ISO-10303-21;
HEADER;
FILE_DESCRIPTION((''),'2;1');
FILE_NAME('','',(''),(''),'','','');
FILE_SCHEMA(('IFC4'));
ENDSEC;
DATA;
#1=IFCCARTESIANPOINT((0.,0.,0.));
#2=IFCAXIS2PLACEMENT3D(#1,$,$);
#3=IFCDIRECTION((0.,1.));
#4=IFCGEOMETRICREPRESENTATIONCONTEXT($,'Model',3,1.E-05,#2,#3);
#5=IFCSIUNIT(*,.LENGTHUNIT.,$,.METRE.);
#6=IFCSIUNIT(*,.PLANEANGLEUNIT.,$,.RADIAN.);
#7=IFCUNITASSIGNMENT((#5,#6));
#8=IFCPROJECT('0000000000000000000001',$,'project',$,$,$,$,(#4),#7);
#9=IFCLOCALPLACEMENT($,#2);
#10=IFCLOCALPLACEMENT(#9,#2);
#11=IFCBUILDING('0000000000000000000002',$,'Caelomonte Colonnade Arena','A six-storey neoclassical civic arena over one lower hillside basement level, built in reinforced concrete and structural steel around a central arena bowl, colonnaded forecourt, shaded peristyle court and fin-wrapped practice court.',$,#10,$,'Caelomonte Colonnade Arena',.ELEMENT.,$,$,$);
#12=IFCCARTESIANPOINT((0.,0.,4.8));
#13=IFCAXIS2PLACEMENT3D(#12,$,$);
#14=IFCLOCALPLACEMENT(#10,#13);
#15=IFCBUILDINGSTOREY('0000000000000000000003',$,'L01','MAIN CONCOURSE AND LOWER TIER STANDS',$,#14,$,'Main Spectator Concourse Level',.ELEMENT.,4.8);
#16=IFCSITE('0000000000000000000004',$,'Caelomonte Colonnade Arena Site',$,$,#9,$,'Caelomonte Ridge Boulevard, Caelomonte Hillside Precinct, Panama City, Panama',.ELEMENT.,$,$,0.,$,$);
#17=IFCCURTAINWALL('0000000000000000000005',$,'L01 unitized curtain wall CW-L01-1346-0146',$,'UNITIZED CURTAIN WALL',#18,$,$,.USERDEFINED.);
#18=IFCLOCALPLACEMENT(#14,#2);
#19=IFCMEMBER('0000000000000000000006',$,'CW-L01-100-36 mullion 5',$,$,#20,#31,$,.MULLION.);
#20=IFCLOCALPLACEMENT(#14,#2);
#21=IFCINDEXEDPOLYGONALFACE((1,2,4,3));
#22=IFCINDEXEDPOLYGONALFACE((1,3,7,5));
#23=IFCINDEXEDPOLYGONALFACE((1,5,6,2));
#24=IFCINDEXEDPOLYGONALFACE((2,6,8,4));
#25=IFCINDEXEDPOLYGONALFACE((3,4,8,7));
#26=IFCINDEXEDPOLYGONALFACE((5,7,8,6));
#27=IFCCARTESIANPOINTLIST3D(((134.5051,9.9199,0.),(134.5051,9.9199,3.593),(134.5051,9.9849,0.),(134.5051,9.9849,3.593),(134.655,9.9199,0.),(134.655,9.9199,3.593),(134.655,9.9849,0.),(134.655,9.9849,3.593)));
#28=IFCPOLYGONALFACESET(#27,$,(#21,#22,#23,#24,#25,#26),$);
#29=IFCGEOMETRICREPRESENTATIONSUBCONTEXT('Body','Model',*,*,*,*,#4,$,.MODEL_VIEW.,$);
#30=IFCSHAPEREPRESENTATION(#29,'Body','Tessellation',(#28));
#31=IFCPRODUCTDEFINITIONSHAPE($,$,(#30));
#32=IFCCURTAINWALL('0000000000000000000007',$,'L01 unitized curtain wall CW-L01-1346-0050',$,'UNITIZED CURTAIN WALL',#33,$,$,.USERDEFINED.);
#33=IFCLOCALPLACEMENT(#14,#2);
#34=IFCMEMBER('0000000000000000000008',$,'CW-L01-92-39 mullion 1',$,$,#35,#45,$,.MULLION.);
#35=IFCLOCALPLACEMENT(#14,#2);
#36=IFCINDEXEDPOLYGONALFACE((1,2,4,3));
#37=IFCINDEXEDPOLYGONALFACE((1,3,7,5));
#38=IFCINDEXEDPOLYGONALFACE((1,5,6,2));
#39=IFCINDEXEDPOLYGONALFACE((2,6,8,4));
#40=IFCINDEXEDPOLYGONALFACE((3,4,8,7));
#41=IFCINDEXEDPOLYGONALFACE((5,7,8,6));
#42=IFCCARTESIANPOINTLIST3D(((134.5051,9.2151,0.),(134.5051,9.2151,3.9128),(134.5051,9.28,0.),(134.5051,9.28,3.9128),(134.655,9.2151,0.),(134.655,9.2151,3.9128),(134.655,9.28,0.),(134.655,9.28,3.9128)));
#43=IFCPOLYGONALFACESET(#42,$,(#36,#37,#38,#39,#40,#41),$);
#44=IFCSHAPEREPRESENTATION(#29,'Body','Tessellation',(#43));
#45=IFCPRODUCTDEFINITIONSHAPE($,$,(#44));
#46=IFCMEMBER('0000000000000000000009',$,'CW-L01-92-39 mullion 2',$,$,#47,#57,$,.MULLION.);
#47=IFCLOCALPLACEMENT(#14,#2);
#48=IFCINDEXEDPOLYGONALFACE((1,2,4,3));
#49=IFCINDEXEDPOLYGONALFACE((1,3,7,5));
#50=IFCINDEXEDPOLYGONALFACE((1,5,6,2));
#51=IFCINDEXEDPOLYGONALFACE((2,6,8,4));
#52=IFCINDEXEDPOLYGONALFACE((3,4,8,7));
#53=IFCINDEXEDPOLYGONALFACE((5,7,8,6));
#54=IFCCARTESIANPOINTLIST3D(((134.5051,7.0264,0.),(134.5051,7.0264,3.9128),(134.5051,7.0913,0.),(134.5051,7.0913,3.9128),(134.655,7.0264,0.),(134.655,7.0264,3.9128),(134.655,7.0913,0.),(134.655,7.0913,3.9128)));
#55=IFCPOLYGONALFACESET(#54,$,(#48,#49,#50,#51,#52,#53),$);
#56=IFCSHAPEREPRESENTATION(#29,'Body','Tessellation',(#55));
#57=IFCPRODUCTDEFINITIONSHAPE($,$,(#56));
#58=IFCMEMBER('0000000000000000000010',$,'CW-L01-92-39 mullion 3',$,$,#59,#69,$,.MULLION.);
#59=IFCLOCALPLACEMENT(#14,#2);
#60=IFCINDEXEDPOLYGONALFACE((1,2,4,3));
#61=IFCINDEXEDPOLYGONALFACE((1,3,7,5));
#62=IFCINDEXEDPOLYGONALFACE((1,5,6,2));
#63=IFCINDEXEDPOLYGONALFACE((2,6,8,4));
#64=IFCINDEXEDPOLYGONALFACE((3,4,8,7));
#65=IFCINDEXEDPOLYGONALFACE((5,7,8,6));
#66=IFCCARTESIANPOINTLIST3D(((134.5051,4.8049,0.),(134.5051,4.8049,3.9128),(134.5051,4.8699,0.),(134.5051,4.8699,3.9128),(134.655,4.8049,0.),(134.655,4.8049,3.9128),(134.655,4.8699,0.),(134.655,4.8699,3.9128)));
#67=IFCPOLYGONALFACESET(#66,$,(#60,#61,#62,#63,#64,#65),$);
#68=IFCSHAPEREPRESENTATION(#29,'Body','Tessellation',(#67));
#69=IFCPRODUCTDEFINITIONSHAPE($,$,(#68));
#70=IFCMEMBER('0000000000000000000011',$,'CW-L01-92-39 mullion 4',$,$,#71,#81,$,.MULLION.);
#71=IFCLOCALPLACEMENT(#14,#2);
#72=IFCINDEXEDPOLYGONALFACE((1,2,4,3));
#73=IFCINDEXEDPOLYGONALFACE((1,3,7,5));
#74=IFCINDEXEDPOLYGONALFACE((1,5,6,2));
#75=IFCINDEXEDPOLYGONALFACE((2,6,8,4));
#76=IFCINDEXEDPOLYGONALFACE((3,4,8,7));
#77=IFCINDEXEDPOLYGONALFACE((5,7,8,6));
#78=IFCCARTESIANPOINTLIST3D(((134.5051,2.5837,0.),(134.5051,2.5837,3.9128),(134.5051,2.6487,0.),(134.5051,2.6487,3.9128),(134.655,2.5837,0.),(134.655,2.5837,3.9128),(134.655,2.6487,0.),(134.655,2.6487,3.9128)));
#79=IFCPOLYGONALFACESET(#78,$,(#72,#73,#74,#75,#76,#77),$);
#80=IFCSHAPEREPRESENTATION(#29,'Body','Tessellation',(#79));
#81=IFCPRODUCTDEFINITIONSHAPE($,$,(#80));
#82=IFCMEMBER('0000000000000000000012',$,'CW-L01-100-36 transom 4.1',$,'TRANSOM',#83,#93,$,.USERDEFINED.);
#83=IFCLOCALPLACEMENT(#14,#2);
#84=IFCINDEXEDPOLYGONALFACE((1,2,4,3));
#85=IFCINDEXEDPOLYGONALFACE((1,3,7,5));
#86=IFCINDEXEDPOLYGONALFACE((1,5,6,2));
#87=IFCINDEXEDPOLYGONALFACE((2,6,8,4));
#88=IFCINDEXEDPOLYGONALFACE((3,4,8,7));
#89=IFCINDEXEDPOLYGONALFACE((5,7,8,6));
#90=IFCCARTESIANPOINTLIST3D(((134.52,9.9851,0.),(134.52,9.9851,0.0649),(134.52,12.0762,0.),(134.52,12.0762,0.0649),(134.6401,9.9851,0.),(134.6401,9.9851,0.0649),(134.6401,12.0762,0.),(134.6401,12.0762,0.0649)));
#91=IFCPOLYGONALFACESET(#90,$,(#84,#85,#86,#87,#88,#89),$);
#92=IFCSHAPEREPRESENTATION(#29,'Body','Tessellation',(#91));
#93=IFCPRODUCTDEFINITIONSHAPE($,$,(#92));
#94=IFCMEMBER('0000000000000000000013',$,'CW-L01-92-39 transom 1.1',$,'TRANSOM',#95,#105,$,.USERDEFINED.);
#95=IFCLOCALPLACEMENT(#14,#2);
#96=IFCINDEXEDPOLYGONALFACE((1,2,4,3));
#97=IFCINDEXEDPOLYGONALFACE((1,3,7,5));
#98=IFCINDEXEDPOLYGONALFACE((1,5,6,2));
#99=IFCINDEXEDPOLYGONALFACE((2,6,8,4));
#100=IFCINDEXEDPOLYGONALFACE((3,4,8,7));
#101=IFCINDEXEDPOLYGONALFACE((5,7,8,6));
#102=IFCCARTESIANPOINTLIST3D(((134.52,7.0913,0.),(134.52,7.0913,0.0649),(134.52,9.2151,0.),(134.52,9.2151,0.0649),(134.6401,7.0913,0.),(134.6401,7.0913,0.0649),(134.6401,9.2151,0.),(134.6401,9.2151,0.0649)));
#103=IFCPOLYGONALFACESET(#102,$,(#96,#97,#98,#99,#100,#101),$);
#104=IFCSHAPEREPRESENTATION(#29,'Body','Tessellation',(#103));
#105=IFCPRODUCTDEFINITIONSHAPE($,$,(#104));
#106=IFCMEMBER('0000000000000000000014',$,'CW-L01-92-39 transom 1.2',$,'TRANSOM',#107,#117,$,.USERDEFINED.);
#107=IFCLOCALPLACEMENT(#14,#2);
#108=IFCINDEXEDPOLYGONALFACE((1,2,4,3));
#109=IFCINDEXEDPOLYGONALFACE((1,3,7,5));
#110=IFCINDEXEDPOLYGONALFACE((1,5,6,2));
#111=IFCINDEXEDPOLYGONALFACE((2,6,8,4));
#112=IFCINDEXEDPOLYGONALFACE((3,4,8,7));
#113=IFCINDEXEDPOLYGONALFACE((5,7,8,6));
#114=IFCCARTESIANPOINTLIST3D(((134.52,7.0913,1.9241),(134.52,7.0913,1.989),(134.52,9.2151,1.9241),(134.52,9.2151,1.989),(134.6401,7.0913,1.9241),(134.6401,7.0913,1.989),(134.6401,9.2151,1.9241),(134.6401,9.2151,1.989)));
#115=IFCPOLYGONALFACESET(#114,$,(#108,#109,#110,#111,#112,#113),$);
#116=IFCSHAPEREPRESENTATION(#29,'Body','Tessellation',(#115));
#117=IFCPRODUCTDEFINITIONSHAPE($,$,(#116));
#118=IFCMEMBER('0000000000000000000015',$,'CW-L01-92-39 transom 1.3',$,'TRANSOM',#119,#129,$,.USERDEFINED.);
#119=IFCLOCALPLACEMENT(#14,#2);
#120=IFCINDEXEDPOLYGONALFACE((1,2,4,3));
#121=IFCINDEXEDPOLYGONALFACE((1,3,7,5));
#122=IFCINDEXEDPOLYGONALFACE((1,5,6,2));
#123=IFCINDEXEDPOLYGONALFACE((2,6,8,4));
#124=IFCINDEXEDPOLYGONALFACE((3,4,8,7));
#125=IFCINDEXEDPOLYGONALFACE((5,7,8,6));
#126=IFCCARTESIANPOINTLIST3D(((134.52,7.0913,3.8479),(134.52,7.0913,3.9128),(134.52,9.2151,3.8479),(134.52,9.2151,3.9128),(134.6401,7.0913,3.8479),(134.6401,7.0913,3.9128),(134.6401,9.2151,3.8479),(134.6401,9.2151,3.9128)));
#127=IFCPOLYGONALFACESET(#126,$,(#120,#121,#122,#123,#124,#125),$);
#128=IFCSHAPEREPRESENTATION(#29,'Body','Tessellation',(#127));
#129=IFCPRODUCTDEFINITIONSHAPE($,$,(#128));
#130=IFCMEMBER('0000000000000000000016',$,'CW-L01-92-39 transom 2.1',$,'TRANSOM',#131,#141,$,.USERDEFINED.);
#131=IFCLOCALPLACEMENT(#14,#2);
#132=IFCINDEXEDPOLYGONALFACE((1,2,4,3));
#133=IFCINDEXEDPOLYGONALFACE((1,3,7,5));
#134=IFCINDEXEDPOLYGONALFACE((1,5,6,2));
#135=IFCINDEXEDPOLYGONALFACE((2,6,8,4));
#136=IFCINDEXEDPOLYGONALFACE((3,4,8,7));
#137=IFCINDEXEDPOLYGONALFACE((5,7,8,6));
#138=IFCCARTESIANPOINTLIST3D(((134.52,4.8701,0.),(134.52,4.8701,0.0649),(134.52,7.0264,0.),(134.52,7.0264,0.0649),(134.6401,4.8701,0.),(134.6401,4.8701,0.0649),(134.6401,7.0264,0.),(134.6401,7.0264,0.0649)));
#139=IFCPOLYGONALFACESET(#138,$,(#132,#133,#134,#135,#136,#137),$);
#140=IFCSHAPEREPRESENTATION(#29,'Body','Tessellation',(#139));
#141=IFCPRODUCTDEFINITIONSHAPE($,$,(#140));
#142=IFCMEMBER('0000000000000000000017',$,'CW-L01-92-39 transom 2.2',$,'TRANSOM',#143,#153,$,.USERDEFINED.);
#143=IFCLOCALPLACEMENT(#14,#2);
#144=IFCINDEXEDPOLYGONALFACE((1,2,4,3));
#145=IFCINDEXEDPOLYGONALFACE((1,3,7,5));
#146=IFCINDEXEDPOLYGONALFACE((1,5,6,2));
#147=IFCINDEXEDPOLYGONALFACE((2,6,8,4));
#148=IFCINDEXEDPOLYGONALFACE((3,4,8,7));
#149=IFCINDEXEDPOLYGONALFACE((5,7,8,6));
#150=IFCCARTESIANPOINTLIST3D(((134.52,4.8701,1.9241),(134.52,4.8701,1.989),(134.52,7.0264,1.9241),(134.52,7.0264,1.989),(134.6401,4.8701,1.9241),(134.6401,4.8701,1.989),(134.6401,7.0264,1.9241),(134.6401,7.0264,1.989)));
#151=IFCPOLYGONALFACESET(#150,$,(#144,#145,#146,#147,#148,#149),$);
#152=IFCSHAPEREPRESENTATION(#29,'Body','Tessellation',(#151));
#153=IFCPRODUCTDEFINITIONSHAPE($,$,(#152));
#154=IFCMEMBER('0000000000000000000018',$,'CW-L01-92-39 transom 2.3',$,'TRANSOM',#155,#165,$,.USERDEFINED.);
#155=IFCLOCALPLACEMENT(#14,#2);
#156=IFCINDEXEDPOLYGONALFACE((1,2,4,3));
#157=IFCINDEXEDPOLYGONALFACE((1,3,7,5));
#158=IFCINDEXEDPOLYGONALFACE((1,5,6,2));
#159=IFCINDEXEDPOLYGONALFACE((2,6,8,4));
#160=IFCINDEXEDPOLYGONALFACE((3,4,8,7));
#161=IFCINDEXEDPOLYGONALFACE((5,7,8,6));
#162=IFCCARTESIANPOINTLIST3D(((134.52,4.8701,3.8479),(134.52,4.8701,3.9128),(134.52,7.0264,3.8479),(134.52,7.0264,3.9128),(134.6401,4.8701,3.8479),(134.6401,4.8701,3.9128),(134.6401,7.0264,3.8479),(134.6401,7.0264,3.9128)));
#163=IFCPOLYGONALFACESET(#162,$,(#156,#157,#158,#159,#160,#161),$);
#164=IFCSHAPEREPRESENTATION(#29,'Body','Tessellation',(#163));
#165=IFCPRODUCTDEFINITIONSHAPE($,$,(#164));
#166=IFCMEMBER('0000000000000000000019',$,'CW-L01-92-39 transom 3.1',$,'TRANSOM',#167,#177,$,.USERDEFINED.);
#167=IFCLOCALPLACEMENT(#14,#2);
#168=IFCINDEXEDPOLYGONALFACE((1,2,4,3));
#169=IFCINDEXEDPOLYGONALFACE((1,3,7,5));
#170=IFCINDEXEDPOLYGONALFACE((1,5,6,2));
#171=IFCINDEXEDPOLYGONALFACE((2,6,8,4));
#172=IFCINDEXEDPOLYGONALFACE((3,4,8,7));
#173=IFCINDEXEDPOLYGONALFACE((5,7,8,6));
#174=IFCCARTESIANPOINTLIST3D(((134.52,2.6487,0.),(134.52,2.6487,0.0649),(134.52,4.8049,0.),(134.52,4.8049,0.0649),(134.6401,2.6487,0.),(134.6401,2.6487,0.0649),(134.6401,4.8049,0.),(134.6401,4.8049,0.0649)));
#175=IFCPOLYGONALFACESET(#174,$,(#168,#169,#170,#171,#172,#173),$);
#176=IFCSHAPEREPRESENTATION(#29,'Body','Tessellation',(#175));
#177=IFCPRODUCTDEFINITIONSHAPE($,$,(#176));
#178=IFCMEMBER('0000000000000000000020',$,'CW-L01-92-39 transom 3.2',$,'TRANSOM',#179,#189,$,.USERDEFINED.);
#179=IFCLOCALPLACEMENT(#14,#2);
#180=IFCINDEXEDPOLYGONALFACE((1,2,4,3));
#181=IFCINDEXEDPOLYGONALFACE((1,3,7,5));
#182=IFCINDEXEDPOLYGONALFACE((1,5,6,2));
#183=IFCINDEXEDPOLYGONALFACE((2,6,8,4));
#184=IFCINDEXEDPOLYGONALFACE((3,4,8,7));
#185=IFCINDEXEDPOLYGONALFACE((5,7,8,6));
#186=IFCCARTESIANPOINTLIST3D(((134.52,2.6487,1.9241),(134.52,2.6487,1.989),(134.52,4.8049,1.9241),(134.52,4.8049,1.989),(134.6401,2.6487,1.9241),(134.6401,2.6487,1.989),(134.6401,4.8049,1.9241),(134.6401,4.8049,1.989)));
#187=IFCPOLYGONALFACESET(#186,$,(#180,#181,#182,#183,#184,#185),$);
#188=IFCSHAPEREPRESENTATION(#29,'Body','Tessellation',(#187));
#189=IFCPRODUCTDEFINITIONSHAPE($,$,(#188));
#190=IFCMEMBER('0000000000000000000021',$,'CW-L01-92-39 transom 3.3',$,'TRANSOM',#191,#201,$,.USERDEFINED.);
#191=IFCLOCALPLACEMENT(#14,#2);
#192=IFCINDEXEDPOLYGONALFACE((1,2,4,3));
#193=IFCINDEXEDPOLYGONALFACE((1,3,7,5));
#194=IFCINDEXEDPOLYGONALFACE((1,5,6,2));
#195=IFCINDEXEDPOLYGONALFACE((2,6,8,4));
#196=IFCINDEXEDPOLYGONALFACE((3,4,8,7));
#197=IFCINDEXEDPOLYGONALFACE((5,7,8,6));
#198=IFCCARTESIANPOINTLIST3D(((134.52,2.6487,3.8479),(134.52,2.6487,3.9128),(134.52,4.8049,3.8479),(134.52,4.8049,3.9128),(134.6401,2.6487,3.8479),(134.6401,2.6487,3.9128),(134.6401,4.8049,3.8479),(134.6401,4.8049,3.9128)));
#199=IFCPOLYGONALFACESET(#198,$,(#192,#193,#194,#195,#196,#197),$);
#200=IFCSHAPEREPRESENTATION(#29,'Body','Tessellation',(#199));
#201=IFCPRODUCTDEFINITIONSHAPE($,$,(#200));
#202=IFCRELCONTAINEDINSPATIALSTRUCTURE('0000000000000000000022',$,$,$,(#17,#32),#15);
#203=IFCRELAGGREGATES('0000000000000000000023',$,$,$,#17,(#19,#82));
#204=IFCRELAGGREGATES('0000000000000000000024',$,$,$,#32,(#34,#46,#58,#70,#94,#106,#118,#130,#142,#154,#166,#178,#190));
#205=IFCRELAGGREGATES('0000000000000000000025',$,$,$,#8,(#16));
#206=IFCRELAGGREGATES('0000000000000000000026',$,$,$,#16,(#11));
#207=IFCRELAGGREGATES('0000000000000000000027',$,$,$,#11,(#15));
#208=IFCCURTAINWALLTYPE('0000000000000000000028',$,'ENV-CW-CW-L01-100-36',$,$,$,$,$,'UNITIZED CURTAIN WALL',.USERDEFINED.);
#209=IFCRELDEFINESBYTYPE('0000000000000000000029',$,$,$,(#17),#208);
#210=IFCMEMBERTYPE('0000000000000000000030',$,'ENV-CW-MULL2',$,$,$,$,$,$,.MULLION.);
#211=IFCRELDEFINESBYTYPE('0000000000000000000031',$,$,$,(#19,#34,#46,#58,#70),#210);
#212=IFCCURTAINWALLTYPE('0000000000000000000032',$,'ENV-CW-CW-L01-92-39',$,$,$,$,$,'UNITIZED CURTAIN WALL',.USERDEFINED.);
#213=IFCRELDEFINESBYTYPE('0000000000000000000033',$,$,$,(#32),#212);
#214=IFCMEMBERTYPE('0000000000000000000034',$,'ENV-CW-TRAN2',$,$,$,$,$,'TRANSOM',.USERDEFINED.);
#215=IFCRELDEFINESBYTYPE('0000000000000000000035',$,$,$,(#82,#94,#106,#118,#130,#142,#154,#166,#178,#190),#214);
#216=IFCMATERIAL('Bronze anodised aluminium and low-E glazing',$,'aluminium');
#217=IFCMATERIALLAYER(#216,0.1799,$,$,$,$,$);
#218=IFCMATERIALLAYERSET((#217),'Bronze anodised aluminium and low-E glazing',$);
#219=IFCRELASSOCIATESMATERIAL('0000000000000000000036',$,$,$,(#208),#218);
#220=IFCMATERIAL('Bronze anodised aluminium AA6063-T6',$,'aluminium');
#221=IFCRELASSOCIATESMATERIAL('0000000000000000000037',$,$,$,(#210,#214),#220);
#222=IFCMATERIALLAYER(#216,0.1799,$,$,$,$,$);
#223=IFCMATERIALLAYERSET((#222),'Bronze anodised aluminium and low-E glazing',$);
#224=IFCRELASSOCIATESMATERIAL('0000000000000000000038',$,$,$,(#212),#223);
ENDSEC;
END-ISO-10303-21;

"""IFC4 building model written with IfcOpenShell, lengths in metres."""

from ifc_helpers import new_model, si_unit, direction, frame, origin, origin_2d, place, context, subcontext, project, spatial, rectangle, extrude, material, layer, layer_set, material_profile, profile_set, type_object, element, aggregate, save


model = new_model("IFC4")

# Units and contexts
model_context = context("Model", 3, precision=1e-05, world=origin(), true_north=direction((0.0, 1.0)))
body_context = subcontext(model_context, "Body", "Model", "MODEL_VIEW")
ifc_project = project(units=[si_unit("LENGTHUNIT", "METRE"), si_unit("PLANEANGLEUNIT", "RADIAN")], contexts=[model_context])

# Site, building, storey
site_placement = place(None, origin())
site = spatial("IfcSite", under=ifc_project, at=site_placement, Name="Caelomonte Colonnade Arena Site", LongName="Caelomonte Ridge Boulevard, Caelomonte Hillside Precinct, Panama City, Panama", CompositionType="ELEMENT", RefElevation=0.0)
building_placement = place(site_placement, origin())
building = spatial("IfcBuilding", under=site, at=building_placement, Name="Caelomonte Colonnade Arena", Description="A six-storey neoclassical civic arena over one lower hillside basement level, built in reinforced concrete and structural steel around a central arena bowl, colonnaded forecourt, shaded peristyle court and fin-wrapped practice court.", LongName="Caelomonte Colonnade Arena", CompositionType="ELEMENT")
storey_placement = place(building_placement, frame((0.0, 0.0, 4.8)))
storey = spatial("IfcBuildingStorey", under=building, at=storey_placement, Name="L01", Description="MAIN CONCOURSE AND LOWER TIER STANDS", LongName="Main Spectator Concourse Level", CompositionType="ELEMENT", Elevation=4.8)

# Curtain wall, member
ifc_material_1 = material(Name="Bronze anodised aluminium and low-E glazing", Category="aluminium")
ifc_layer_1 = layer(ifc_material_1, 0.1799)
ifc_layer_set_1 = layer_set([ifc_layer_1], Name="Bronze anodised aluminium and low-E glazing")
curtain_wall_type_1 = type_object("IfcCurtainWallType", Name="ENV-CW-CW-L01-100-36", ElementType="UNITIZED CURTAIN WALL", PredefinedType="USERDEFINED", material=ifc_layer_set_1)
curtain_wall_1_placement = place(storey_placement, origin())
curtain_wall_1 = element("IfcCurtainWall", 1, at=curtain_wall_1_placement, inside=storey, type_object=curtain_wall_type_1, Name="L01 unitized curtain wall CW-L01-1346-0146", ObjectType="UNITIZED CURTAIN WALL", PredefinedType="USERDEFINED")
ifc_material_2 = material(Name="Bronze anodised aluminium AA6063-T6", Category="aluminium")
ifc_material_profile_1 = material_profile(ifc_material_2, rectangle(XDim=0.0649, YDim=0.1499, at=origin_2d()), Name="CWM-65X150")
ifc_profile_set_1 = profile_set([ifc_material_profile_1], Name="Bronze anodised aluminium AA6063-T6")
member_type_1 = type_object("IfcMemberType", Name="ENV-CW-MULL2", PredefinedType="MULLION", material=ifc_profile_set_1)
member_1_placement = place(storey_placement, frame((134.5801, 9.9524, 0.0), z_axis=(0.0, 0.0, 1.0), x_axis=(0.0, -1.0, 0.0)))
member_1 = element("IfcMember", 2, at=member_1_placement, type_object=member_type_1, Name="CW-L01-100-36 mullion 5", PredefinedType="MULLION", context=body_context, shape_type="SweptSolid", body=[
    extrude(rectangle(XDim=0.0649, YDim=0.1499, at=origin_2d()), origin(), (0.0, 0.0, 1.0), 3.593),
])

# Curtain wall, members
ifc_layer_2 = layer(ifc_material_1, 0.1799)
ifc_layer_set_2 = layer_set([ifc_layer_2], Name="Bronze anodised aluminium and low-E glazing")
curtain_wall_type_2 = type_object("IfcCurtainWallType", Name="ENV-CW-CW-L01-92-39", ElementType="UNITIZED CURTAIN WALL", PredefinedType="USERDEFINED", material=ifc_layer_set_2)
curtain_wall_2_placement = place(storey_placement, origin())
curtain_wall_2 = element("IfcCurtainWall", 3, at=curtain_wall_2_placement, inside=storey, type_object=curtain_wall_type_2, Name="L01 unitized curtain wall CW-L01-1346-0050", ObjectType="UNITIZED CURTAIN WALL", PredefinedType="USERDEFINED")
member_2_placement = place(storey_placement, frame((134.5801, 9.2476, 0.0), z_axis=(0.0, 0.0, 1.0), x_axis=(0.0, -1.0, 0.0)))
member_2 = element("IfcMember", 4, at=member_2_placement, type_object=member_type_1, Name="CW-L01-92-39 mullion 1", PredefinedType="MULLION", context=body_context, shape_type="SweptSolid", body=[
    extrude(rectangle(XDim=0.0649, YDim=0.1499, at=origin_2d()), origin(), (0.0, 0.0, 1.0), 3.9128),
])
member_3_placement = place(storey_placement, frame((134.5801, 7.0588, 0.0), z_axis=(0.0, 0.0, 1.0), x_axis=(0.0, -1.0, 0.0)))
member_3 = element("IfcMember", 5, at=member_3_placement, type_object=member_type_1, Name="CW-L01-92-39 mullion 2", PredefinedType="MULLION", context=body_context, shape_type="SweptSolid", body=[
    extrude(rectangle(XDim=0.0649, YDim=0.1499, at=origin_2d()), origin(), (0.0, 0.0, 1.0), 3.9128),
])
member_4_placement = place(storey_placement, frame((134.5801, 4.8374, 0.0), z_axis=(0.0, 0.0, 1.0), x_axis=(0.0, -1.0, 0.0)))
member_4 = element("IfcMember", 6, at=member_4_placement, type_object=member_type_1, Name="CW-L01-92-39 mullion 3", PredefinedType="MULLION", context=body_context, shape_type="SweptSolid", body=[
    extrude(rectangle(XDim=0.0649, YDim=0.1499, at=origin_2d()), origin(), (0.0, 0.0, 1.0), 3.9128),
])
member_5_placement = place(storey_placement, frame((134.5801, 2.6162, 0.0), z_axis=(0.0, 0.0, 1.0), x_axis=(0.0, -1.0, 0.0)))
member_5 = element("IfcMember", 7, at=member_5_placement, type_object=member_type_1, Name="CW-L01-92-39 mullion 4", PredefinedType="MULLION", context=body_context, shape_type="SweptSolid", body=[
    extrude(rectangle(XDim=0.0649, YDim=0.1499, at=origin_2d()), origin(), (0.0, 0.0, 1.0), 3.9128),
])

# Members
ifc_material_profile_2 = material_profile(ifc_material_2, rectangle(XDim=0.0649, YDim=0.1201, at=origin_2d()), Name="CWT-65X120")
ifc_profile_set_2 = profile_set([ifc_material_profile_2], Name="Bronze anodised aluminium AA6063-T6")
member_type_2 = type_object("IfcMemberType", Name="ENV-CW-TRAN2", ElementType="TRANSOM", PredefinedType="USERDEFINED", material=ifc_profile_set_2)
member_6_placement = place(storey_placement, frame((134.5801, 12.0762, 0.0325), z_axis=(0.0, -1.0, 0.0), x_axis=(0.0, 0.0, 1.0)))
member_6 = element("IfcMember", 8, at=member_6_placement, type_object=member_type_2, Name="CW-L01-100-36 transom 4.1", ObjectType="TRANSOM", PredefinedType="USERDEFINED", context=body_context, shape_type="SweptSolid", body=[
    extrude(rectangle(XDim=0.0649, YDim=0.1201, at=origin_2d()), origin(), (0.0, 0.0, 1.0), 2.0911),
])
member_7_placement = place(storey_placement, frame((134.5801, 9.2151, 0.0325), z_axis=(0.0, -1.0, 0.0), x_axis=(0.0, 0.0, 1.0)))
member_7 = element("IfcMember", 9, at=member_7_placement, type_object=member_type_2, Name="CW-L01-92-39 transom 1.1", ObjectType="TRANSOM", PredefinedType="USERDEFINED", context=body_context, shape_type="SweptSolid", body=[
    extrude(rectangle(XDim=0.0649, YDim=0.1201, at=origin_2d()), origin(), (0.0, 0.0, 1.0), 2.1238),
])
member_8_placement = place(storey_placement, frame((134.5801, 9.2151, 1.9565), z_axis=(0.0, -1.0, 0.0), x_axis=(0.0, 0.0, 1.0)))
member_8 = element("IfcMember", 10, at=member_8_placement, type_object=member_type_2, Name="CW-L01-92-39 transom 1.2", ObjectType="TRANSOM", PredefinedType="USERDEFINED", context=body_context, shape_type="SweptSolid", body=[
    extrude(rectangle(XDim=0.0649, YDim=0.1201, at=origin_2d()), origin(), (0.0, 0.0, 1.0), 2.1238),
])
member_9_placement = place(storey_placement, frame((134.5801, 9.2151, 3.8804), z_axis=(0.0, -1.0, 0.0), x_axis=(0.0, 0.0, 1.0)))
member_9 = element("IfcMember", 11, at=member_9_placement, type_object=member_type_2, Name="CW-L01-92-39 transom 1.3", ObjectType="TRANSOM", PredefinedType="USERDEFINED", context=body_context, shape_type="SweptSolid", body=[
    extrude(rectangle(XDim=0.0649, YDim=0.1201, at=origin_2d()), origin(), (0.0, 0.0, 1.0), 2.1238),
])
member_10_placement = place(storey_placement, frame((134.5801, 7.0264, 0.0325), z_axis=(0.0, -1.0, 0.0), x_axis=(0.0, 0.0, 1.0)))
member_10 = element("IfcMember", 12, at=member_10_placement, type_object=member_type_2, Name="CW-L01-92-39 transom 2.1", ObjectType="TRANSOM", PredefinedType="USERDEFINED", context=body_context, shape_type="SweptSolid", body=[
    extrude(rectangle(XDim=0.0649, YDim=0.1201, at=origin_2d()), origin(), (0.0, 0.0, 1.0), 2.1562),
])
member_11_placement = place(storey_placement, frame((134.5801, 7.0264, 1.9565), z_axis=(0.0, -1.0, 0.0), x_axis=(0.0, 0.0, 1.0)))
member_11 = element("IfcMember", 13, at=member_11_placement, type_object=member_type_2, Name="CW-L01-92-39 transom 2.2", ObjectType="TRANSOM", PredefinedType="USERDEFINED", context=body_context, shape_type="SweptSolid", body=[
    extrude(rectangle(XDim=0.0649, YDim=0.1201, at=origin_2d()), origin(), (0.0, 0.0, 1.0), 2.1562),
])
member_12_placement = place(storey_placement, frame((134.5801, 7.0264, 3.8804), z_axis=(0.0, -1.0, 0.0), x_axis=(0.0, 0.0, 1.0)))
member_12 = element("IfcMember", 14, at=member_12_placement, type_object=member_type_2, Name="CW-L01-92-39 transom 2.3", ObjectType="TRANSOM", PredefinedType="USERDEFINED", context=body_context, shape_type="SweptSolid", body=[
    extrude(rectangle(XDim=0.0649, YDim=0.1201, at=origin_2d()), origin(), (0.0, 0.0, 1.0), 2.1562),
])
member_13_placement = place(storey_placement, frame((134.5801, 4.8049, 0.0325), z_axis=(0.0, -1.0, 0.0), x_axis=(0.0, 0.0, 1.0)))
member_13 = element("IfcMember", 15, at=member_13_placement, type_object=member_type_2, Name="CW-L01-92-39 transom 3.1", ObjectType="TRANSOM", PredefinedType="USERDEFINED", context=body_context, shape_type="SweptSolid", body=[
    extrude(rectangle(XDim=0.0649, YDim=0.1201, at=origin_2d()), origin(), (0.0, 0.0, 1.0), 2.1562),
])
member_14_placement = place(storey_placement, frame((134.5801, 4.8049, 1.9565), z_axis=(0.0, -1.0, 0.0), x_axis=(0.0, 0.0, 1.0)))
member_14 = element("IfcMember", 16, at=member_14_placement, type_object=member_type_2, Name="CW-L01-92-39 transom 3.2", ObjectType="TRANSOM", PredefinedType="USERDEFINED", context=body_context, shape_type="SweptSolid", body=[
    extrude(rectangle(XDim=0.0649, YDim=0.1201, at=origin_2d()), origin(), (0.0, 0.0, 1.0), 2.1562),
])
member_15_placement = place(storey_placement, frame((134.5801, 4.8049, 3.8804), z_axis=(0.0, -1.0, 0.0), x_axis=(0.0, 0.0, 1.0)))
member_15 = element("IfcMember", 17, at=member_15_placement, type_object=member_type_2, Name="CW-L01-92-39 transom 3.3", ObjectType="TRANSOM", PredefinedType="USERDEFINED", context=body_context, shape_type="SweptSolid", body=[
    extrude(rectangle(XDim=0.0649, YDim=0.1201, at=origin_2d()), origin(), (0.0, 0.0, 1.0), 2.1562),
])

aggregate(curtain_wall_1, [member_1, member_6])
aggregate(curtain_wall_2, [member_2, member_3, member_4, member_5, member_7, member_8, member_9, member_10, member_11, member_12, member_13, member_14, member_15])

save(model, "model.ifc")
